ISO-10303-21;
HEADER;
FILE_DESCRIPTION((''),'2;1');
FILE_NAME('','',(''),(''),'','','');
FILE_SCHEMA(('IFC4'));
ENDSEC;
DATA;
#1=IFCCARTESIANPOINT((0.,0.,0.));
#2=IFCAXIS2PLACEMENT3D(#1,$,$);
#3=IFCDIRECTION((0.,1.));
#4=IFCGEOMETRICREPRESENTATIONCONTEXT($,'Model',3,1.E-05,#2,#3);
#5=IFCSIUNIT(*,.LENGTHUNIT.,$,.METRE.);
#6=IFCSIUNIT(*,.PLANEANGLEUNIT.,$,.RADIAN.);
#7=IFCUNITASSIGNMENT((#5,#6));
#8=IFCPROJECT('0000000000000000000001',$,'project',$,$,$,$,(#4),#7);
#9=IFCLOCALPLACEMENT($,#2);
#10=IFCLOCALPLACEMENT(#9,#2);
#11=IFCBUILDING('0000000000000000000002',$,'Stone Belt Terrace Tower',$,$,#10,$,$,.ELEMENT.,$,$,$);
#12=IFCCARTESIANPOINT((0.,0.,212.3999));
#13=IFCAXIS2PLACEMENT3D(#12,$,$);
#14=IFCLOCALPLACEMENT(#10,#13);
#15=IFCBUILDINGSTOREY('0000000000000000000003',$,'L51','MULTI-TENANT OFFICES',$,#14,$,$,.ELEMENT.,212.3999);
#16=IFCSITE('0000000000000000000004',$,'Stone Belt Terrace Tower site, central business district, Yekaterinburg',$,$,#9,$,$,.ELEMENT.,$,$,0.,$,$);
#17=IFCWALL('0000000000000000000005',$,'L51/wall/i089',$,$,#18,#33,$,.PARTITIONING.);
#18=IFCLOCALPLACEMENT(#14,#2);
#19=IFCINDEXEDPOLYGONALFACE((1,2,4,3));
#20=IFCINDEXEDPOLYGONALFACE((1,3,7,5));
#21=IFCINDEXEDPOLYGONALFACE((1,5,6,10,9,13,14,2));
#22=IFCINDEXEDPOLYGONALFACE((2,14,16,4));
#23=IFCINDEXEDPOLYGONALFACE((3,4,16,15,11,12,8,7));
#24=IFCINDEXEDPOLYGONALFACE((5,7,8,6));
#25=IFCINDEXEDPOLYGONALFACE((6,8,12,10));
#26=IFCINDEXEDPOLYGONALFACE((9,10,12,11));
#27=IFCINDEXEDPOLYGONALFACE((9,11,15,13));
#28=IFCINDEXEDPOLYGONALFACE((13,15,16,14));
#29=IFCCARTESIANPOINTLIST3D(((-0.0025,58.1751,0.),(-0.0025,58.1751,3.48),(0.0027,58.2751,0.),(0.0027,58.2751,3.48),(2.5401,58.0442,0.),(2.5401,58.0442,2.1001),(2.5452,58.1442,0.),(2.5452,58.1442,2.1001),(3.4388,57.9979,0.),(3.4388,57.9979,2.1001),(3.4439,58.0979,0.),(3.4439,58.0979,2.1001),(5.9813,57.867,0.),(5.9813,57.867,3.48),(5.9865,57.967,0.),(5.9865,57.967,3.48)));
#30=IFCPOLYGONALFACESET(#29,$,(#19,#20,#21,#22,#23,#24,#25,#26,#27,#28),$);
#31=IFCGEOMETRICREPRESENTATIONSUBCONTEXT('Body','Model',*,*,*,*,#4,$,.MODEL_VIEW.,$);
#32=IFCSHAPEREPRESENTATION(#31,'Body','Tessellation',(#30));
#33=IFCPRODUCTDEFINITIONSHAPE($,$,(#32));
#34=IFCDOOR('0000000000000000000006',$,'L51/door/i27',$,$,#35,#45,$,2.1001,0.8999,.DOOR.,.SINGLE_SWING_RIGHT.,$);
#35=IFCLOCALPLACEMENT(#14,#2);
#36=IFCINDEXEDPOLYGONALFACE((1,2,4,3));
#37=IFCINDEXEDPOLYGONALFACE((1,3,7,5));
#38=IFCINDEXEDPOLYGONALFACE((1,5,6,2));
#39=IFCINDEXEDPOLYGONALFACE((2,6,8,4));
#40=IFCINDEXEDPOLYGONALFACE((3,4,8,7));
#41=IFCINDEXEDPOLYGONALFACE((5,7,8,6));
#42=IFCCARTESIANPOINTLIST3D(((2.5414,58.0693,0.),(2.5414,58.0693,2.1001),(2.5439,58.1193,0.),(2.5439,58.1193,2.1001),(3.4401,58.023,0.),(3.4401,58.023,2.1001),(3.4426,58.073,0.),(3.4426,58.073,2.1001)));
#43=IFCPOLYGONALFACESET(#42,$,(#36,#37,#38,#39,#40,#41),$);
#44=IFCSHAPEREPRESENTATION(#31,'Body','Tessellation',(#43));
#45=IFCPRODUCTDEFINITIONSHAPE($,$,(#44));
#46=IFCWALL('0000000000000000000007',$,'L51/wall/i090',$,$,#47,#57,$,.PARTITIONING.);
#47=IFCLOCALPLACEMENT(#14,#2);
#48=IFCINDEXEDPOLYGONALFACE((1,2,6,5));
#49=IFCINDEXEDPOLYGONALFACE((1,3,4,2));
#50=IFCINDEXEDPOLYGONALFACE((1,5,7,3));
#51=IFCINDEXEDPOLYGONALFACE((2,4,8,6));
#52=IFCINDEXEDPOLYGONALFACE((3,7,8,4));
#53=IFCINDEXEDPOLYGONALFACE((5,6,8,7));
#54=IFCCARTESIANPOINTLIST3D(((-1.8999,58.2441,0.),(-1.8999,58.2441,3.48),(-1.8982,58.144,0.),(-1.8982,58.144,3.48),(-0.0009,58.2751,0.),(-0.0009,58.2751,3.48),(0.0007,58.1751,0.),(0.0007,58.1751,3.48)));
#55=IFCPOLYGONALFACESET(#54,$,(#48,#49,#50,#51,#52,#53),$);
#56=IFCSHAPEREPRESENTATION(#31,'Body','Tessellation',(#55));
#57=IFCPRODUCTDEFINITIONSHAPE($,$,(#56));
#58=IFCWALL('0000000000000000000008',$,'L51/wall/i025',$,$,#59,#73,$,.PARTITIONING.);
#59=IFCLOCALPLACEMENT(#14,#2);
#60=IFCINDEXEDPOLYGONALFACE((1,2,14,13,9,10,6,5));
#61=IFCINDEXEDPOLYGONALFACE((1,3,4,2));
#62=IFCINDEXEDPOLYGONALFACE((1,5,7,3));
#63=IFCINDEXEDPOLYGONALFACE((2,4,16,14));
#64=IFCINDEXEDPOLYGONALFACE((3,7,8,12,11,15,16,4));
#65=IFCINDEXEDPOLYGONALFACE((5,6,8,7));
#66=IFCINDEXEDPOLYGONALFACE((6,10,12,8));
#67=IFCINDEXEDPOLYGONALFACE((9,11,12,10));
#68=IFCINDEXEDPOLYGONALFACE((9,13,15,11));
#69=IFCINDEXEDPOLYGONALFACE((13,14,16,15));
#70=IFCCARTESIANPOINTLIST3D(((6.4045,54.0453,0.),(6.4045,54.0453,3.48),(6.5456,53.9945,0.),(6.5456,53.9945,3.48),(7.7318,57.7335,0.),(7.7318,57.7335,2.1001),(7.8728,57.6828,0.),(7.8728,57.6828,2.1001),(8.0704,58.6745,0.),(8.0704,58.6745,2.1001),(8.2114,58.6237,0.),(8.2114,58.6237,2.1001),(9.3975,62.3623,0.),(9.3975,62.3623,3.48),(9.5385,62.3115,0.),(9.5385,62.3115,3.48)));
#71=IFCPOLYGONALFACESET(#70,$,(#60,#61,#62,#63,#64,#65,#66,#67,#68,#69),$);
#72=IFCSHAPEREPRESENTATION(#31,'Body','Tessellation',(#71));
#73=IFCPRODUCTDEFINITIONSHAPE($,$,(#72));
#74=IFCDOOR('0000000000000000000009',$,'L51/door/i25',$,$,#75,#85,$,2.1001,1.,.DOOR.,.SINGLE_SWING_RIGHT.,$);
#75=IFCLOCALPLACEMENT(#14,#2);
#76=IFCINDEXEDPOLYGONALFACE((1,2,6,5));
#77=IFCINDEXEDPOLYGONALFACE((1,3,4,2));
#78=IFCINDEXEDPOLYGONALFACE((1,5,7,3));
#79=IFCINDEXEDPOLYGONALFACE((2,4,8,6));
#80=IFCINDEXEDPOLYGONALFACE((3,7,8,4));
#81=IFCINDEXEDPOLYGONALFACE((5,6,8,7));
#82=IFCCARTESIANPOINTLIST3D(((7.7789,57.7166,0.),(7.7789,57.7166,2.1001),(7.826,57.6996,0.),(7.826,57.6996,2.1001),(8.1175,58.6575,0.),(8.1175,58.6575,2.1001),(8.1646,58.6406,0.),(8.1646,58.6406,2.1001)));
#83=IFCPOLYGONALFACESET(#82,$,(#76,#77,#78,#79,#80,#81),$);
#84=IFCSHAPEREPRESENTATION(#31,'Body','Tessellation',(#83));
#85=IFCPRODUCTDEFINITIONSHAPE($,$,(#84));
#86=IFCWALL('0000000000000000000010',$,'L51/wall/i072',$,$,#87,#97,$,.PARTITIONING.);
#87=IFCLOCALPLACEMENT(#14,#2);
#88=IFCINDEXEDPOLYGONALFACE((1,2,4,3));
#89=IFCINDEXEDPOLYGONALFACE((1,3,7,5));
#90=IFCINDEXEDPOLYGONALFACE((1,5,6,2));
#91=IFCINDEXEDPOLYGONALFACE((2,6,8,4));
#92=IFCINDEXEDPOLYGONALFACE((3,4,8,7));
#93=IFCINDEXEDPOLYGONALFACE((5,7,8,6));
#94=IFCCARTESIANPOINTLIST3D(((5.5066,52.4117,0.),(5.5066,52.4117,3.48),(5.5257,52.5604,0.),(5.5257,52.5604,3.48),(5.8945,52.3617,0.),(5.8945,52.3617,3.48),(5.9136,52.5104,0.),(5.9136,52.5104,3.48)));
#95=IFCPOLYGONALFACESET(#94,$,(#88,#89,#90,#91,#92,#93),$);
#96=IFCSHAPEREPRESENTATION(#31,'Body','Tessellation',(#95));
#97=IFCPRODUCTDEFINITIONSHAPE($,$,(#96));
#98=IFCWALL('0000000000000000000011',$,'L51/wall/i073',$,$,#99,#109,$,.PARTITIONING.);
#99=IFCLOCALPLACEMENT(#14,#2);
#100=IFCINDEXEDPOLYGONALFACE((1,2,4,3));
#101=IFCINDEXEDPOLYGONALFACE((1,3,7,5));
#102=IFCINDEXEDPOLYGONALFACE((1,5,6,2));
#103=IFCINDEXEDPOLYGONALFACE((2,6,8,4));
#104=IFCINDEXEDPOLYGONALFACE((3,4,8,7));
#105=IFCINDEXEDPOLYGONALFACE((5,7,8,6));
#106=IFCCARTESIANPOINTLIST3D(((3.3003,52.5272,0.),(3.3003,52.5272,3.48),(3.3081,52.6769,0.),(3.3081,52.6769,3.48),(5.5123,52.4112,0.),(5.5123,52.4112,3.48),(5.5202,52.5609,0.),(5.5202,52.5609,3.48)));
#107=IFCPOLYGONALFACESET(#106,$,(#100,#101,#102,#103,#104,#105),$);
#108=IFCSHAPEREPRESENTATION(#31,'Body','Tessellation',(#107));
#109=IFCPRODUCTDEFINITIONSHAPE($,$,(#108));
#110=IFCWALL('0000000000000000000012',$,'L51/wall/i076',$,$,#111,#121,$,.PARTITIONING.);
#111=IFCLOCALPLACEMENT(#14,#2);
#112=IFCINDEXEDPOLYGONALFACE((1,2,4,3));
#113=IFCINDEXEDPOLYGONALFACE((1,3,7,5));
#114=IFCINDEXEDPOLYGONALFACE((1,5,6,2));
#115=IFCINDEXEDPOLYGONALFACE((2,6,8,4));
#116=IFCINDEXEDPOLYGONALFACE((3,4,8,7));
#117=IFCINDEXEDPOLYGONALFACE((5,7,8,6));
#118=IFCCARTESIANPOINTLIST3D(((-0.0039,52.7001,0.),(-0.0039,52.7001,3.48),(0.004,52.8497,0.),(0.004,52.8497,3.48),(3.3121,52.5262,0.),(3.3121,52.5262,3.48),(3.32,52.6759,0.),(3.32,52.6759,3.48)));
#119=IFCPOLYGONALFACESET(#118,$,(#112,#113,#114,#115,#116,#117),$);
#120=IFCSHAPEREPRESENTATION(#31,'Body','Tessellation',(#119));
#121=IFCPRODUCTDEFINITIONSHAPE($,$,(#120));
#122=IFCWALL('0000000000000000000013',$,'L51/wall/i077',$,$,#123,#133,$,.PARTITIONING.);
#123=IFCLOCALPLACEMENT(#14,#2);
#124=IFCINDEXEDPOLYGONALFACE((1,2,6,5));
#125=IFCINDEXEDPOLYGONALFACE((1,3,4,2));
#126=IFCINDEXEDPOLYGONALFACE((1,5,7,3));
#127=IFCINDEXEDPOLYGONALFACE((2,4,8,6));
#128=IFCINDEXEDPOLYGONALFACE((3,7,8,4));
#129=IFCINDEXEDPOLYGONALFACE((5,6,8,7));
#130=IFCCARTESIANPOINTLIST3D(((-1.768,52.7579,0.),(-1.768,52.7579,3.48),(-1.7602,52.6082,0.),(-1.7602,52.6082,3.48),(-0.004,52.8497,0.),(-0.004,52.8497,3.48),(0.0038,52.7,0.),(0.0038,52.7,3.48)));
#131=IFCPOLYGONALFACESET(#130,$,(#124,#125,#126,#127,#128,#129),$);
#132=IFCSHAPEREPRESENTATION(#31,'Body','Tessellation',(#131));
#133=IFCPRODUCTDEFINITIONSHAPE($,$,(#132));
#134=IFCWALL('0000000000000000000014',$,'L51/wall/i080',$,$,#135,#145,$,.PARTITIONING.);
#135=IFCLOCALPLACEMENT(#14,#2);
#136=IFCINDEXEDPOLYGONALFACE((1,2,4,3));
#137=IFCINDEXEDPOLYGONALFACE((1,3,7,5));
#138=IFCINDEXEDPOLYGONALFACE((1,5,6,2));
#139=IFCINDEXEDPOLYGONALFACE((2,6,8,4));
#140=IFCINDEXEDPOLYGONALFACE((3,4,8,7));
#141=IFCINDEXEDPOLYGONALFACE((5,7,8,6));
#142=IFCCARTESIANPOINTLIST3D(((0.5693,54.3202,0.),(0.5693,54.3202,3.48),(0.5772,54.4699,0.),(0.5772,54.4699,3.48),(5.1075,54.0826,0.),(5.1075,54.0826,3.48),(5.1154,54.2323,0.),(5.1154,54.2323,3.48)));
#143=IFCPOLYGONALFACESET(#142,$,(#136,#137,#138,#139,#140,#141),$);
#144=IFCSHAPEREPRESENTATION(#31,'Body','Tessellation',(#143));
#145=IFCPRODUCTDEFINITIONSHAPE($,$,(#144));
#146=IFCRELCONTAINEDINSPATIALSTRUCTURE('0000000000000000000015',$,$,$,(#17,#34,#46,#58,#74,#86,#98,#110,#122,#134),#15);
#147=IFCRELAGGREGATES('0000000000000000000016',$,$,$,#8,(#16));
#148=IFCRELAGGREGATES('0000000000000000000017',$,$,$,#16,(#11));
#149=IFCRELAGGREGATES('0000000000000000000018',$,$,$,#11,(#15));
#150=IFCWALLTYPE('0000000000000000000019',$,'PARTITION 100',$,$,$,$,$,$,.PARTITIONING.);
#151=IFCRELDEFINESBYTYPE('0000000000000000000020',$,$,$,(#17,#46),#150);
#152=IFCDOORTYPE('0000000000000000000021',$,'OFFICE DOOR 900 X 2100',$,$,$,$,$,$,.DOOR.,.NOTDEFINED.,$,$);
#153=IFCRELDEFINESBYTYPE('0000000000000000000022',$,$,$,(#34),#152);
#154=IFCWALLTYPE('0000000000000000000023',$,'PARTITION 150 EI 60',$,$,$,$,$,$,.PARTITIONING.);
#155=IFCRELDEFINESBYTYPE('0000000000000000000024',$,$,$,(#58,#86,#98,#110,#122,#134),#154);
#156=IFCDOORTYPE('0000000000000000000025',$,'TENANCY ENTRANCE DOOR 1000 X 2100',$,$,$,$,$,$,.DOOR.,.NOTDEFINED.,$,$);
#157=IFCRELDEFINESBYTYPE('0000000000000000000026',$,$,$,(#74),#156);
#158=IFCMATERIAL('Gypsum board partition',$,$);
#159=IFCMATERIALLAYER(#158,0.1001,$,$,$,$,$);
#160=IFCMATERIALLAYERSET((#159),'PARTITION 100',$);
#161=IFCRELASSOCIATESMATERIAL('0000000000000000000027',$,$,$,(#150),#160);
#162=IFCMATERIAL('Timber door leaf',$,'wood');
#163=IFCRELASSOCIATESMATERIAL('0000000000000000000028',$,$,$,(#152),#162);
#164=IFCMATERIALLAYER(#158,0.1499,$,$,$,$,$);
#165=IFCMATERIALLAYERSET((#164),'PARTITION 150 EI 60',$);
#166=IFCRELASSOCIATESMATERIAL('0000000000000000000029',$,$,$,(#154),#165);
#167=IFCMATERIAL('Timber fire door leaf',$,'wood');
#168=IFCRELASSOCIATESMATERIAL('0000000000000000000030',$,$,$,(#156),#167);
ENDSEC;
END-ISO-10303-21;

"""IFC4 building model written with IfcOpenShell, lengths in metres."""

from ifc_helpers import new_model, si_unit, direction, frame, frame_2d, origin, place, context, subcontext, project, spatial, rectangle, extrude, material, layer, layer_set, type_object, element, fill, save


model = new_model("IFC4")

# Units and contexts
model_context = context("Model", 3, precision=1e-05, world=origin(), true_north=direction((0.0, 1.0)))
body_context = subcontext(model_context, "Body", "Model", "MODEL_VIEW")
ifc_project = project(units=[si_unit("LENGTHUNIT", "METRE"), si_unit("PLANEANGLEUNIT", "RADIAN")], contexts=[model_context])

# Site, building, storey
site_placement = place(None, origin())
site = spatial("IfcSite", under=ifc_project, at=site_placement, Name="Stone Belt Terrace Tower site, central business district, Yekaterinburg", CompositionType="ELEMENT", RefElevation=0.0)
building_placement = place(site_placement, origin())
building = spatial("IfcBuilding", under=site, at=building_placement, Name="Stone Belt Terrace Tower", CompositionType="ELEMENT")
storey_placement = place(building_placement, frame((0.0, 0.0, 212.3999)))
storey = spatial("IfcBuildingStorey", under=building, at=storey_placement, Name="L51", Description="MULTI-TENANT OFFICES", CompositionType="ELEMENT", Elevation=212.3999)

# Shared definitions
ifc_material_1 = material(Name="Timber door leaf", Category="wood")

# Shared definitions
ifc_material_2 = material(Name="Gypsum board partition")
ifc_layer_1 = layer(ifc_material_2, 0.1001)
ifc_layer_set_1 = layer_set([ifc_layer_1], Name="PARTITION 100")
wall_type_1 = type_object("IfcWallType", Name="PARTITION 100", PredefinedType="PARTITIONING", material=ifc_layer_set_1)

# Wall, opening, door
wall_1_placement = place(storey_placement, frame((5.9839, 57.917, 0.0), z_axis=(0.0, 0.0, 1.0), x_axis=(-0.998677, 0.051421, 0.0)))
wall_1 = element("IfcWall", 1, at=wall_1_placement, inside=storey, type_object=wall_type_1, Name="L51/wall/i089", PredefinedType="PARTITIONING", context=body_context, shape_type="SweptSolid", body=[
    extrude(rectangle(XDim=5.9917, YDim=0.1001, at=frame_2d((2.9958, 0.0))), origin(), (0.0, 0.0, 1.0), 3.48),
])
opening_1_placement = place(wall_1_placement, frame((2.5459, 0.0, 0.0)))
opening_1 = element("IfcOpeningElement", 2, at=opening_1_placement, cuts=wall_1, PredefinedType="OPENING", context=body_context, shape_type="SweptSolid", body=[
    extrude(rectangle(XDim=0.8999, YDim=2.1001, at=frame_2d((0.45, 1.05))), frame((0.0, 0.0601, 0.0), z_axis=(0.0, -1.0, 0.0), x_axis=(1.0, 0.0, 0.0)), (0.0, 0.0, 1.0), 0.1201),
])
door_type_1 = type_object("IfcDoorType", Name="OFFICE DOOR 900 X 2100", OperationType="NOTDEFINED", PredefinedType="DOOR", material=ifc_material_1)
door_1_placement = place(opening_1_placement, origin())
door_1 = element("IfcDoor", 3, at=door_1_placement, inside=storey, type_object=door_type_1, Name="L51/door/i27", OperationType="SINGLE_SWING_RIGHT", OverallHeight=2.1001, OverallWidth=0.8999, PredefinedType="DOOR", context=body_context, shape_type="SweptSolid", body=[
    extrude(rectangle(XDim=0.8999, YDim=2.1001, at=frame_2d((0.45, 1.05))), frame((0.0, 0.0249, 0.0), z_axis=(0.0, -1.0, 0.0), x_axis=(1.0, 0.0, 0.0)), (0.0, 0.0, 1.0), 0.05),
])
fill(opening_1, door_1)

# Wall
wall_2_placement = place(storey_placement, frame((0.0, 58.2251, 0.0), z_axis=(0.0, 0.0, 1.0), x_axis=(-0.999867, -0.016326, 0.0)))
element("IfcWall", 4, at=wall_2_placement, inside=storey, type_object=wall_type_1, Name="L51/wall/i090", PredefinedType="PARTITIONING", context=body_context, shape_type="SweptSolid", body=[
    extrude(rectangle(XDim=1.8992, YDim=0.1001, at=frame_2d((0.9497, 0.0))), origin(), (0.0, 0.0, 1.0), 3.48),
])

# Wall, opening, door
ifc_layer_2 = layer(ifc_material_2, 0.1499)
ifc_layer_set_2 = layer_set([ifc_layer_2], Name="PARTITION 150 EI 60")
wall_type_2 = type_object("IfcWallType", Name="PARTITION 150 EI 60", PredefinedType="PARTITIONING", material=ifc_layer_set_2)
wall_3_placement = place(storey_placement, frame((6.4751, 54.02, 0.0), z_axis=(0.0, 0.0, 1.0), x_axis=(0.338603, 0.940929, 0.0)))
wall_3 = element("IfcWall", 5, at=wall_3_placement, inside=storey, type_object=wall_type_2, Name="L51/wall/i025", PredefinedType="PARTITIONING", context=body_context, shape_type="SweptSolid", body=[
    extrude(rectangle(XDim=8.8391, YDim=0.1499, at=frame_2d((4.4194, 0.0))), origin(), (0.0, 0.0, 1.0), 3.48),
])
opening_2_placement = place(wall_3_placement, frame((3.9197, 0.0, 0.0)))
opening_2 = element("IfcOpeningElement", 6, at=opening_2_placement, cuts=wall_3, PredefinedType="OPENING", context=body_context, shape_type="SweptSolid", body=[
    extrude(rectangle(XDim=1.0, YDim=2.1001, at=frame_2d((0.5, 1.05))), frame((0.0, 0.085, 0.0), z_axis=(0.0, -1.0, 0.0), x_axis=(1.0, 0.0, 0.0)), (0.0, 0.0, 1.0), 0.1699),
])
ifc_material_3 = material(Name="Timber fire door leaf", Category="wood")
door_type_2 = type_object("IfcDoorType", Name="TENANCY ENTRANCE DOOR 1000 X 2100", OperationType="NOTDEFINED", PredefinedType="DOOR", material=ifc_material_3)
door_2_placement = place(opening_2_placement, origin())
door_2 = element("IfcDoor", 7, at=door_2_placement, inside=storey, type_object=door_type_2, Name="L51/door/i25", OperationType="SINGLE_SWING_RIGHT", OverallHeight=2.1001, OverallWidth=1.0, PredefinedType="DOOR", context=body_context, shape_type="SweptSolid", body=[
    extrude(rectangle(XDim=1.0, YDim=2.1001, at=frame_2d((0.5, 1.05))), frame((0.0, 0.0249, 0.0), z_axis=(0.0, -1.0, 0.0), x_axis=(1.0, 0.0, 0.0)), (0.0, 0.0, 1.0), 0.05),
])
fill(opening_2, door_2)

# Walls
wall_4_placement = place(storey_placement, frame((5.9041, 52.436, 0.0), z_axis=(0.0, 0.0, 1.0), x_axis=(-0.99178, 0.127952, 0.0)))
element("IfcWall", 8, at=wall_4_placement, inside=storey, type_object=wall_type_2, Name="L51/wall/i072", PredefinedType="PARTITIONING", context=body_context, shape_type="SweptSolid", body=[
    extrude(rectangle(XDim=0.3911, YDim=0.1499, at=frame_2d((0.1956, 0.0))), origin(), (0.0, 0.0, 1.0), 3.48),
])
wall_5_placement = place(storey_placement, frame((5.5161, 52.4861, 0.0), z_axis=(0.0, 0.0, 1.0), x_axis=(-0.998629, 0.052351, 0.0)))
element("IfcWall", 9, at=wall_5_placement, inside=storey, type_object=wall_type_2, Name="L51/wall/i073", PredefinedType="PARTITIONING", context=body_context, shape_type="SweptSolid", body=[
    extrude(rectangle(XDim=2.2151, YDim=0.1499, at=frame_2d((1.1074, 0.0))), origin(), (0.0, 0.0, 1.0), 3.48),
])
wall_6_placement = place(storey_placement, frame((3.3159, 52.6011, 0.0), z_axis=(0.0, 0.0, 1.0), x_axis=(-0.998629, 0.05235, 0.0)))
element("IfcWall", 10, at=wall_6_placement, inside=storey, type_object=wall_type_2, Name="L51/wall/i076", PredefinedType="PARTITIONING", context=body_context, shape_type="SweptSolid", body=[
    extrude(rectangle(XDim=3.3206, YDim=0.1499, at=frame_2d((1.6602, 0.0))), origin(), (0.0, 0.0, 1.0), 3.48),
])
wall_7_placement = place(storey_placement, frame((0.0, 52.7749, 0.0), z_axis=(0.0, 0.0, 1.0), x_axis=(-0.998649, -0.051971, 0.0)))
element("IfcWall", 11, at=wall_7_placement, inside=storey, type_object=wall_type_2, Name="L51/wall/i077", PredefinedType="PARTITIONING", context=body_context, shape_type="SweptSolid", body=[
    extrude(rectangle(XDim=1.7664, YDim=0.1499, at=frame_2d((0.8833, 0.0))), origin(), (0.0, 0.0, 1.0), 3.48),
])
wall_8_placement = place(storey_placement, frame((0.5732, 54.395, 0.0), z_axis=(0.0, 0.0, 1.0), x_axis=(0.998633, -0.052271, 0.0)))
element("IfcWall", 12, at=wall_8_placement, inside=storey, type_object=wall_type_2, Name="L51/wall/i080", PredefinedType="PARTITIONING", context=body_context, shape_type="SweptSolid", body=[
    extrude(rectangle(XDim=4.5444, YDim=0.1499, at=frame_2d((2.2722, 0.0))), origin(), (0.0, 0.0, 1.0), 3.48),
])

save(model, "model.ifc")
